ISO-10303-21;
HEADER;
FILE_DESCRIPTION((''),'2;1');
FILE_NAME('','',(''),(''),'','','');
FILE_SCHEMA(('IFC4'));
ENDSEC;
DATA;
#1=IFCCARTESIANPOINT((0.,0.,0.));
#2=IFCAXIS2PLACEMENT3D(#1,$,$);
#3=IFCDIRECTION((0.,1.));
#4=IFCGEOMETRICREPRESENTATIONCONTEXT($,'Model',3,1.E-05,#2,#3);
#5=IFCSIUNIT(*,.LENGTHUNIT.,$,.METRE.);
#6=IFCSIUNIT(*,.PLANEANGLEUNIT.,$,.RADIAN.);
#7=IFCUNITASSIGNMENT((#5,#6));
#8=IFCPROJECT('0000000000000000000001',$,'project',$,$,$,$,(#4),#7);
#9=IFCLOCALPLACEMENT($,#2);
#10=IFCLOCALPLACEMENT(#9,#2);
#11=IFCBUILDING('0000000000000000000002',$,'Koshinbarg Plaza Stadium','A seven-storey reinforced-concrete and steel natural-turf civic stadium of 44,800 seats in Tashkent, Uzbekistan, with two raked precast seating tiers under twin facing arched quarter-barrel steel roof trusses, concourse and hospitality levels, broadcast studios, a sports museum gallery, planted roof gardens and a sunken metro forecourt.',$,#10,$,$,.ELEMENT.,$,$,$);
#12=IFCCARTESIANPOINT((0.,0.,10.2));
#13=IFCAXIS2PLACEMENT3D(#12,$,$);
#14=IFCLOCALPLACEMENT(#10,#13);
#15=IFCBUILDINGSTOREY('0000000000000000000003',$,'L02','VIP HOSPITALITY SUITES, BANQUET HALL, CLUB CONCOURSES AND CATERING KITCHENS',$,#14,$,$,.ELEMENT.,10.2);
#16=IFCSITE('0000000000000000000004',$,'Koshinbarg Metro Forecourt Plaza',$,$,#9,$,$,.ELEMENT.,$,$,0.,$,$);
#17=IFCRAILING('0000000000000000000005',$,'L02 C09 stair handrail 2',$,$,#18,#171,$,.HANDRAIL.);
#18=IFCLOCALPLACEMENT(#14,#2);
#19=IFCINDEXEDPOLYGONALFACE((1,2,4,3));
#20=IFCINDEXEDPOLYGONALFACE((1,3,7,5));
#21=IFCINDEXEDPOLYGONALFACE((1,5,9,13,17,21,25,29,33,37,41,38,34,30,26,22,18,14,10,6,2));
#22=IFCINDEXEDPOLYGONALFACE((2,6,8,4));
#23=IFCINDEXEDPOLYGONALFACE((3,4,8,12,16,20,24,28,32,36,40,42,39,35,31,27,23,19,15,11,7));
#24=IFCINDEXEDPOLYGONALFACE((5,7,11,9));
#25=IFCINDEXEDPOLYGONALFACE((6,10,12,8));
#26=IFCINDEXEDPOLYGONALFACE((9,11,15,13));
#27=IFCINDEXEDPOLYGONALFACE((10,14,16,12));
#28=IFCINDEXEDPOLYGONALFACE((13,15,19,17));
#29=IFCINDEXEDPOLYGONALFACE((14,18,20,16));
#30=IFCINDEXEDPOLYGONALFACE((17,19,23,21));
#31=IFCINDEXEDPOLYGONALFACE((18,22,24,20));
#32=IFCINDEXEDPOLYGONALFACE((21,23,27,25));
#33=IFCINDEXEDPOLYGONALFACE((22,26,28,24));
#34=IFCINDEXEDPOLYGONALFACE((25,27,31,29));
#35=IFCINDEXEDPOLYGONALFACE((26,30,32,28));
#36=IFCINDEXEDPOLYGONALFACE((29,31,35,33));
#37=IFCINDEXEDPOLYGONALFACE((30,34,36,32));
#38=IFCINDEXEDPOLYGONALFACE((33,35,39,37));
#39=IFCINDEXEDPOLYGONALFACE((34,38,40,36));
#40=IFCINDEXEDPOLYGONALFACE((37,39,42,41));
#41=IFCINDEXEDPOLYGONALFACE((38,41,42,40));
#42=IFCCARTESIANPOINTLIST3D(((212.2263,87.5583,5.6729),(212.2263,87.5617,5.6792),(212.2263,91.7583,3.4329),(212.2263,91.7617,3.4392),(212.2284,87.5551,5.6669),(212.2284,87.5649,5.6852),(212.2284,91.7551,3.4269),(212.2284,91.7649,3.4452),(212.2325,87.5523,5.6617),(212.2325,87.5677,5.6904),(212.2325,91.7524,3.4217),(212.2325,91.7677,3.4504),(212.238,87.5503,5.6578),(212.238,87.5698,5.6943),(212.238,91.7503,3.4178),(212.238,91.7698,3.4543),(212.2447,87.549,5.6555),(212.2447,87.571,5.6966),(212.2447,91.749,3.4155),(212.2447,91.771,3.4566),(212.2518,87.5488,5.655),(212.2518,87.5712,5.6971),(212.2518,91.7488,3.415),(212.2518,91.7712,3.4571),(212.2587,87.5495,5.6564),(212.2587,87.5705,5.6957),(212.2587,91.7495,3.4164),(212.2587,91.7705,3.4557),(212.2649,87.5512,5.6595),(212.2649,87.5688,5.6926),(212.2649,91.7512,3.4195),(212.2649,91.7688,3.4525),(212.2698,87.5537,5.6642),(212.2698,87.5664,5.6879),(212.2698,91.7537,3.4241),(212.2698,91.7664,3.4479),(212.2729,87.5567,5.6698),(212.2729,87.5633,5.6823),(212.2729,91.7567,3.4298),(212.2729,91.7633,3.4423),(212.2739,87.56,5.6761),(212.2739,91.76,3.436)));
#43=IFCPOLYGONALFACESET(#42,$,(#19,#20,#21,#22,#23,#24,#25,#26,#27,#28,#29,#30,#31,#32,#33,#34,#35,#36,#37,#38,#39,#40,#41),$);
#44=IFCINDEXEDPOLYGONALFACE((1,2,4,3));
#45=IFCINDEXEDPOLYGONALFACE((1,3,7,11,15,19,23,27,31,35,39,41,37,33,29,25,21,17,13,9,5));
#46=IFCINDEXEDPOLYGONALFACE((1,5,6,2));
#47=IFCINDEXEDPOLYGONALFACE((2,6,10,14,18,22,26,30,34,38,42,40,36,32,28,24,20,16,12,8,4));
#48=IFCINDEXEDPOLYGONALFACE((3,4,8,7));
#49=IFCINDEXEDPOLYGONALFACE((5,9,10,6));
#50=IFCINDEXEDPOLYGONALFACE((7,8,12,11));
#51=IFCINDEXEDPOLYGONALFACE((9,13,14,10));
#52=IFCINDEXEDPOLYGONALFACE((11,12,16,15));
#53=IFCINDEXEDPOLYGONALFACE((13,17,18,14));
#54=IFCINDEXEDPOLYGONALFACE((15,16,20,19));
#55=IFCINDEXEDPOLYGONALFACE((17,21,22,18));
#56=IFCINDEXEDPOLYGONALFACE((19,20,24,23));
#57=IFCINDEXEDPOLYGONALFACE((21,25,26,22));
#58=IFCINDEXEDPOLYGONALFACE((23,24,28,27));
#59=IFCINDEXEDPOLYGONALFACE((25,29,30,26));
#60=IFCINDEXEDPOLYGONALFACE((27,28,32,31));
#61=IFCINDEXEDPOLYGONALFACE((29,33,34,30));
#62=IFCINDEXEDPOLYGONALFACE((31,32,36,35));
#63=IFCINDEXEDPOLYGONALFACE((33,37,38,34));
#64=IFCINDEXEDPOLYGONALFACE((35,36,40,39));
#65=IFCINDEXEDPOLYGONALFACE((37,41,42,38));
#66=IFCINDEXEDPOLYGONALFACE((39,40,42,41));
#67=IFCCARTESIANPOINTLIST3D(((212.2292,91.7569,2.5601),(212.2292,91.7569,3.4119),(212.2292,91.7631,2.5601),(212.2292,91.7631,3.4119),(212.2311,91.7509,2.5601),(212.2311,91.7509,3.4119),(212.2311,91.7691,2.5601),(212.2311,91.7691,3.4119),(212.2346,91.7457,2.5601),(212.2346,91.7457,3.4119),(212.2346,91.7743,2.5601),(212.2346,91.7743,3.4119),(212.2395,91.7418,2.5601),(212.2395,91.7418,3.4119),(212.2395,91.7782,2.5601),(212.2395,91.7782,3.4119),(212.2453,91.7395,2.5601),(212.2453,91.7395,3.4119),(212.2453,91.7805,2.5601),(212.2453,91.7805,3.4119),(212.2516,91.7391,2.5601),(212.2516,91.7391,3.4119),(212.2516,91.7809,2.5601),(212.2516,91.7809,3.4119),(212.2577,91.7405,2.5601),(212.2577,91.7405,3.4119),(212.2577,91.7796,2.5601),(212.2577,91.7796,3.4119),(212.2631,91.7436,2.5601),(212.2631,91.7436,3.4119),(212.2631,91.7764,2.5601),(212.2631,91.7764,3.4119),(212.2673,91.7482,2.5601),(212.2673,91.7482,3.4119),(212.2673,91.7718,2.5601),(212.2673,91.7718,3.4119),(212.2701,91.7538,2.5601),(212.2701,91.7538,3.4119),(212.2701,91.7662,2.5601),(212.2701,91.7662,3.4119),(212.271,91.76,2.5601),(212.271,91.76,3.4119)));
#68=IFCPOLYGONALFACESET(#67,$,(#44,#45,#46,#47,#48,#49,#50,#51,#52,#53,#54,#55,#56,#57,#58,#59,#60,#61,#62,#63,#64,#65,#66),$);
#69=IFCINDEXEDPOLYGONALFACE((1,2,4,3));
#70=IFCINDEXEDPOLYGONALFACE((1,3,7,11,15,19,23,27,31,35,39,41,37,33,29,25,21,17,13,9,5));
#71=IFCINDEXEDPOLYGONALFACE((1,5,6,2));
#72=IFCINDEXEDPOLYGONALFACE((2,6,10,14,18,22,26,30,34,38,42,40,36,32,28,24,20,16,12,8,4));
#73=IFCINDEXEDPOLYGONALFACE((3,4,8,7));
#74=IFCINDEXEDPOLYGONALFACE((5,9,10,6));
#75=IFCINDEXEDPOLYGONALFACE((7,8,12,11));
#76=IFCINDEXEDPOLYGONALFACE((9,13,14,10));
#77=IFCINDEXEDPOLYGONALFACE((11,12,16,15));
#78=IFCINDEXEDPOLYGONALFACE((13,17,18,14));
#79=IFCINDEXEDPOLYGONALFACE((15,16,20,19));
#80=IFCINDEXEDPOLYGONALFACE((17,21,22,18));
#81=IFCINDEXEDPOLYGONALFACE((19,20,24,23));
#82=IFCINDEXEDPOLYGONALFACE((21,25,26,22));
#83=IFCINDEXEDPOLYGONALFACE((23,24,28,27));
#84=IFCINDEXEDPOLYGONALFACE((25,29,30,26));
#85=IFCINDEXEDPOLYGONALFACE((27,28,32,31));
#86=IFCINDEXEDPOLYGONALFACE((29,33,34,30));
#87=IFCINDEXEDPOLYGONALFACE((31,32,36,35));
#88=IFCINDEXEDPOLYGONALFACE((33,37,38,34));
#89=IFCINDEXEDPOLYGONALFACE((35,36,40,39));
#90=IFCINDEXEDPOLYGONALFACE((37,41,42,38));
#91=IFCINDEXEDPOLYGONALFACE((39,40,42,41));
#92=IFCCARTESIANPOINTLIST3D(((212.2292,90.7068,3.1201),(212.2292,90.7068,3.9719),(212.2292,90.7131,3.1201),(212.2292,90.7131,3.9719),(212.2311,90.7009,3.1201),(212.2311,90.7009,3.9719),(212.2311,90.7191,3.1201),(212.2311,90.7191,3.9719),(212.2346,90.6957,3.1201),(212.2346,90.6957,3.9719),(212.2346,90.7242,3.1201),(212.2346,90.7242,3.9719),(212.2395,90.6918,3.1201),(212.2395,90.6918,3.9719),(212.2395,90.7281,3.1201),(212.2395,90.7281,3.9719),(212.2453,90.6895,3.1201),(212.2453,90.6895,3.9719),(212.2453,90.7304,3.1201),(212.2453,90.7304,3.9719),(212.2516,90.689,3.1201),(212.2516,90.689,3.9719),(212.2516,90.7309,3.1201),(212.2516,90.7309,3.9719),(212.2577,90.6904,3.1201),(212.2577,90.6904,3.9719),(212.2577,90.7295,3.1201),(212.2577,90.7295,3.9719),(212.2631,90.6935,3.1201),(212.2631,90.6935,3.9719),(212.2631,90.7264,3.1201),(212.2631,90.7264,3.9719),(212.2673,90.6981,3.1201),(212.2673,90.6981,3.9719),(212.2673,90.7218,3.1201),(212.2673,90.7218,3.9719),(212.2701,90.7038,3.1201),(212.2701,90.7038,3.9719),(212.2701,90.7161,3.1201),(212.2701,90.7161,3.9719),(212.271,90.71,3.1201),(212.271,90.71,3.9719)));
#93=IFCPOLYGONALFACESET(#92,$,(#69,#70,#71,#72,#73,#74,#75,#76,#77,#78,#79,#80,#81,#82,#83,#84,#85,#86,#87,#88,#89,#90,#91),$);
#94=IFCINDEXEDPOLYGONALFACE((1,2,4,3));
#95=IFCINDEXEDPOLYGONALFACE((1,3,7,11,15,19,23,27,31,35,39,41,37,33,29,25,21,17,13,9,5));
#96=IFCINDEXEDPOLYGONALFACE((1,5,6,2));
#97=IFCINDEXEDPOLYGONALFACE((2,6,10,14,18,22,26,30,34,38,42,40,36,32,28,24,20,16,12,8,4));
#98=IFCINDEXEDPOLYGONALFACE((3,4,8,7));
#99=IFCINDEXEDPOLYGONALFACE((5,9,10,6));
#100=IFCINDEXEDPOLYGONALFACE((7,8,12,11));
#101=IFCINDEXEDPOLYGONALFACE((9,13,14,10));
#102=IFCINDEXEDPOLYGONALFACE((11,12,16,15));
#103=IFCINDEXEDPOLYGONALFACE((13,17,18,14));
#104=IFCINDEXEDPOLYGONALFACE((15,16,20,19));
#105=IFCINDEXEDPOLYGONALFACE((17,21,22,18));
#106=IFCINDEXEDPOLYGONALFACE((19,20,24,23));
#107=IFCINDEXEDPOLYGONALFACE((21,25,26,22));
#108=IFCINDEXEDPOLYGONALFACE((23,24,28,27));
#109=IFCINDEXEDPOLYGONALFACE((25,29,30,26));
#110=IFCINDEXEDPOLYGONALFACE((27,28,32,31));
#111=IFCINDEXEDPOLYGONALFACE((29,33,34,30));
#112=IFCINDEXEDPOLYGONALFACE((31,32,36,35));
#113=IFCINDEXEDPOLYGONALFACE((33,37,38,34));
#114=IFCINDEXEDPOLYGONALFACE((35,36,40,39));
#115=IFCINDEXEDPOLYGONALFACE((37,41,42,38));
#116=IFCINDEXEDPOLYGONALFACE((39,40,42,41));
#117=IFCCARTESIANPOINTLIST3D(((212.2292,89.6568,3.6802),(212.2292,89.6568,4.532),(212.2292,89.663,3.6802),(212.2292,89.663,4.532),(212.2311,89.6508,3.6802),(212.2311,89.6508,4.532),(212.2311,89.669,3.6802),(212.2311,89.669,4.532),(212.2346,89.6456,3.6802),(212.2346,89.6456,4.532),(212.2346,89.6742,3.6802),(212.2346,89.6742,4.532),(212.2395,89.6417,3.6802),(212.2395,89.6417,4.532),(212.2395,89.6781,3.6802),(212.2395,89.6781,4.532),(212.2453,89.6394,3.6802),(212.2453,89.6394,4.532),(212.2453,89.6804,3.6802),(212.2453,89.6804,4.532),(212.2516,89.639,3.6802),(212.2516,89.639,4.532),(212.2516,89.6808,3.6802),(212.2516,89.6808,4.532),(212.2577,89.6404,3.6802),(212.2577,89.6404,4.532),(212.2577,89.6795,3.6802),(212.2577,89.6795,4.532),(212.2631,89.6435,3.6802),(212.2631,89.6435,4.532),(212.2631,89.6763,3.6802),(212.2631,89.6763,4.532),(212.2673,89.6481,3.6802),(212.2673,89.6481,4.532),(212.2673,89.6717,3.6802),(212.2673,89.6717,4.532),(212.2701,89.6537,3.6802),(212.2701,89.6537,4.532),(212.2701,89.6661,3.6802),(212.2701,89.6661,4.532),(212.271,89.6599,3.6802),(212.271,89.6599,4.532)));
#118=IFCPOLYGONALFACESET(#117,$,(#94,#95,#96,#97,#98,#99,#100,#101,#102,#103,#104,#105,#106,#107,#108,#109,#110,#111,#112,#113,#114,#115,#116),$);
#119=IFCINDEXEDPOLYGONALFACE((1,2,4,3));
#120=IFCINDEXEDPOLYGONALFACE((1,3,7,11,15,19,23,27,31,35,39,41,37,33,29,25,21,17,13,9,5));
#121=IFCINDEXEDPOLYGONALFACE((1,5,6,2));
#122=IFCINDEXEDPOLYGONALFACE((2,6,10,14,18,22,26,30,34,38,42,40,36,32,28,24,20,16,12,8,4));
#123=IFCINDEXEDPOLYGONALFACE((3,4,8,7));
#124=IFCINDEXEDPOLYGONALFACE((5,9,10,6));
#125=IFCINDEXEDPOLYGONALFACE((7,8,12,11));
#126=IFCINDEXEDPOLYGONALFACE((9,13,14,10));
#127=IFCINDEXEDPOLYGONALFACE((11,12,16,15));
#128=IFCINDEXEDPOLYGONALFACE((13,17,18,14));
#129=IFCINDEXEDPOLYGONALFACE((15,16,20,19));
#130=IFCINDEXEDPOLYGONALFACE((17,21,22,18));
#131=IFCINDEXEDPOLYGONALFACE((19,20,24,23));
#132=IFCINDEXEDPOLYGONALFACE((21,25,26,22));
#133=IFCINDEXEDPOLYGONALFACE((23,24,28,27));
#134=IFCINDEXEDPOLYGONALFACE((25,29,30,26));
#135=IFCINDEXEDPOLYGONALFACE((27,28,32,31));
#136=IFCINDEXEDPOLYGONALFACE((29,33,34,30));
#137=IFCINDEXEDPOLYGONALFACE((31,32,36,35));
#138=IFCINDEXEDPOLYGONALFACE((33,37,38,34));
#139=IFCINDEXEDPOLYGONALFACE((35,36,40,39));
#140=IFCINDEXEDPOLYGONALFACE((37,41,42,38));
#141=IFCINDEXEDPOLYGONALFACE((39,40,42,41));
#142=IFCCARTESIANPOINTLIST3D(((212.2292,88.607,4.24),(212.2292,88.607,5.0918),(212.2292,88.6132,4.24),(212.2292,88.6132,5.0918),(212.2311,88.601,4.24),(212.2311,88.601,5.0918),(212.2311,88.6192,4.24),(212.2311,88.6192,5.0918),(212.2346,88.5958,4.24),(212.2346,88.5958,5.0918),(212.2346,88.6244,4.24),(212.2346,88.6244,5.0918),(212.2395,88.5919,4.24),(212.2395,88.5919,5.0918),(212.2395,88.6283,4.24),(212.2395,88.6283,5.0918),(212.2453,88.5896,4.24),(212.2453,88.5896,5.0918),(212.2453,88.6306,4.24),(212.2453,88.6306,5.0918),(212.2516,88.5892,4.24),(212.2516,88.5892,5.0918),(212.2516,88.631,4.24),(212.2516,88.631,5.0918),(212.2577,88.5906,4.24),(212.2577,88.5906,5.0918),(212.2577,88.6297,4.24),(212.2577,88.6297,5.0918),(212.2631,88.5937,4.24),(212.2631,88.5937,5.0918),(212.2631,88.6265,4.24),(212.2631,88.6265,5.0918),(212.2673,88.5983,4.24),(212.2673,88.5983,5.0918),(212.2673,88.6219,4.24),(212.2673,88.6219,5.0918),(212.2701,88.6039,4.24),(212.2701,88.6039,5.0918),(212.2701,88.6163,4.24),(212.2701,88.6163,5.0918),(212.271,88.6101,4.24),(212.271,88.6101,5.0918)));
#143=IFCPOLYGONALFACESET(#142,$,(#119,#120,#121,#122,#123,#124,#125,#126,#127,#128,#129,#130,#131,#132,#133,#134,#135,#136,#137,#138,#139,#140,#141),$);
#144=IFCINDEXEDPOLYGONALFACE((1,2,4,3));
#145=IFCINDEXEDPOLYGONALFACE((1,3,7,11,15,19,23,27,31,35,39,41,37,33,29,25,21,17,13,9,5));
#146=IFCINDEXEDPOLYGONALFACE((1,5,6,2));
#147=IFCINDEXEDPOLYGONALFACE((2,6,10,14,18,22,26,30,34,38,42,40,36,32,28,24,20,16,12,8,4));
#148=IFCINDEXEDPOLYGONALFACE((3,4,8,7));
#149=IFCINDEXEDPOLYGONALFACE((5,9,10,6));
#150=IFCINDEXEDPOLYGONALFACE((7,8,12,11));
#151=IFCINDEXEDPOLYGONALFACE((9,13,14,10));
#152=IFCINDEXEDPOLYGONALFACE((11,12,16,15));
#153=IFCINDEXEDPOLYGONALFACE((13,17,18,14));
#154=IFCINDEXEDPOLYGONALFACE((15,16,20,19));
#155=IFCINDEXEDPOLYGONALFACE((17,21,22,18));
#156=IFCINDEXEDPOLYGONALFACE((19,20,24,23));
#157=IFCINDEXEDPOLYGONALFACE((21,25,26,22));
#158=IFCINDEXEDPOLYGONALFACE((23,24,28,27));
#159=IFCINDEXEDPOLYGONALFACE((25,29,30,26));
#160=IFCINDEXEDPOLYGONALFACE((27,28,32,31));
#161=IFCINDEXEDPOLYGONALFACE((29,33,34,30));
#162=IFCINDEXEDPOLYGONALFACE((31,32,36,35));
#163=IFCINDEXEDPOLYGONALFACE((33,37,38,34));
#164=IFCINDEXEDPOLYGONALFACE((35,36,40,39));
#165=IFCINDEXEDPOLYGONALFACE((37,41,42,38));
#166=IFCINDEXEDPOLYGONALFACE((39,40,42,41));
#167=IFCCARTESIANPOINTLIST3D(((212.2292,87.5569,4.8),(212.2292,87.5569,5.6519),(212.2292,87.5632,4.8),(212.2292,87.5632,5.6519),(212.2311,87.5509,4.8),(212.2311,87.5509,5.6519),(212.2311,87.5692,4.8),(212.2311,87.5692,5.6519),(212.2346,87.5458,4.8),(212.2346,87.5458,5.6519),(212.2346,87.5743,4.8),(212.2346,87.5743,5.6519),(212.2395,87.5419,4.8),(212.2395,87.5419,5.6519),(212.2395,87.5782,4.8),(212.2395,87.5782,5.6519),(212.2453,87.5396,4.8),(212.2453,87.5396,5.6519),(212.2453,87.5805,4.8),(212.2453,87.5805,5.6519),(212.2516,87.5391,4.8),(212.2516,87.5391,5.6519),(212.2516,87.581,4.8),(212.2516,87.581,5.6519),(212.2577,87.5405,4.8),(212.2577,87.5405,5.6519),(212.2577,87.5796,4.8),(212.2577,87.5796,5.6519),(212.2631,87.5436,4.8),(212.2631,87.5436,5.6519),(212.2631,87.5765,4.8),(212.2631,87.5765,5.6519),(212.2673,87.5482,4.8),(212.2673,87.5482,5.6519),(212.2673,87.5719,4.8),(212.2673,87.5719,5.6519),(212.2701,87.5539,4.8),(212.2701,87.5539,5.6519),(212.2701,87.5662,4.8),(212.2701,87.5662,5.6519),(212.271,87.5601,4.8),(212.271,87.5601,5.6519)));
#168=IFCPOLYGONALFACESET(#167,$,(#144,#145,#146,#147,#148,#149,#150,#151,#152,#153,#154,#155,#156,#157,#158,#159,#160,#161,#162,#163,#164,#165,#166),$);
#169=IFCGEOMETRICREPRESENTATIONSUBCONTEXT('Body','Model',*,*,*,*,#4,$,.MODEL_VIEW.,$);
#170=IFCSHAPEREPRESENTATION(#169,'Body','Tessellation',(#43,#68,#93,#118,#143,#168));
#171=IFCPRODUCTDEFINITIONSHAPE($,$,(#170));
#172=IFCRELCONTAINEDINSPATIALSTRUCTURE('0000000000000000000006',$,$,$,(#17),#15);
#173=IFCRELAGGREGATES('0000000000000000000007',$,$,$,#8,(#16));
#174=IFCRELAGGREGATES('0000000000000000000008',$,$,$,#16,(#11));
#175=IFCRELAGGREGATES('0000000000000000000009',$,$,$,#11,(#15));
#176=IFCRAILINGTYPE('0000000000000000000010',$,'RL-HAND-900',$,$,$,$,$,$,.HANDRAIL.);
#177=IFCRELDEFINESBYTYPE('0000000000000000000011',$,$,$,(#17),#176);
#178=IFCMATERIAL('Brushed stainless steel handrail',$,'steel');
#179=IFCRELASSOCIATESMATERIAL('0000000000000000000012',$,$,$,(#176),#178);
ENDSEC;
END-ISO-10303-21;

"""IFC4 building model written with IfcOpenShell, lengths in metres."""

from ifc_helpers import new_model, si_unit, direction, frame, origin, origin_2d, place, context, subcontext, project, spatial, circle, extrude, material, type_object, element, save


model = new_model("IFC4")

# Units and contexts
model_context = context("Model", 3, precision=1e-05, world=origin(), true_north=direction((0.0, 1.0)))
body_context = subcontext(model_context, "Body", "Model", "MODEL_VIEW")
ifc_project = project(units=[si_unit("LENGTHUNIT", "METRE"), si_unit("PLANEANGLEUNIT", "RADIAN")], contexts=[model_context])

# Site, building, storey
site_placement = place(None, origin())
site = spatial("IfcSite", under=ifc_project, at=site_placement, Name="Koshinbarg Metro Forecourt Plaza", CompositionType="ELEMENT", RefElevation=0.0)
building_placement = place(site_placement, origin())
building = spatial("IfcBuilding", under=site, at=building_placement, Name="Koshinbarg Plaza Stadium", Description="A seven-storey reinforced-concrete and steel natural-turf civic stadium of 44,800 seats in Tashkent, Uzbekistan, with two raked precast seating tiers under twin facing arched quarter-barrel steel roof trusses, concourse and hospitality levels, broadcast studios, a sports museum gallery, planted roof gardens and a sunken metro forecourt.", CompositionType="ELEMENT")
storey_placement = place(building_placement, frame((0.0, 0.0, 10.2)))
storey = spatial("IfcBuildingStorey", under=building, at=storey_placement, Name="L02", Description="VIP HOSPITALITY SUITES, BANQUET HALL, CLUB CONCOURSES AND CATERING KITCHENS", CompositionType="ELEMENT", Elevation=10.2)

# Railing
ifc_material_1 = material(Name="Brushed stainless steel handrail", Category="steel")
railing_type_1 = type_object("IfcRailingType", Name="RL-HAND-900", PredefinedType="HANDRAIL", material=ifc_material_1)
railing_1_placement = place(storey_placement, frame((212.25, 91.76, 2.5601)))
element("IfcRailing", 1, at=railing_1_placement, inside=storey, type_object=railing_type_1, Name="L02 C09 stair handrail 2", PredefinedType="HANDRAIL", context=body_context, shape_type="SweptSolid", body=[
    extrude(circle(Radius=0.0239, at=origin_2d()), frame((0.0, 0.0, 0.876), z_axis=(0.0, -0.882352, 0.470591), x_axis=(1.0, 0.0, 0.0)), (0.0, 0.0, 1.0), 4.76),
    extrude(circle(Radius=0.021, at=origin_2d()), origin(), (0.0, 0.0, 1.0), 0.8518),
    extrude(circle(Radius=0.021, at=origin_2d()), frame((0.0, -1.05, 0.5601)), (0.0, 0.0, 1.0), 0.8518),
    extrude(circle(Radius=0.021, at=origin_2d()), frame((0.0, -2.1001, 1.1201)), (0.0, 0.0, 1.0), 0.8518),
    extrude(circle(Radius=0.021, at=origin_2d()), frame((0.0, -3.1499, 1.6799)), (0.0, 0.0, 1.0), 0.8518),
    extrude(circle(Radius=0.021, at=origin_2d()), frame((0.0, -4.2, 2.24)), (0.0, 0.0, 1.0), 0.8518),
])

save(model, "model.ifc")
